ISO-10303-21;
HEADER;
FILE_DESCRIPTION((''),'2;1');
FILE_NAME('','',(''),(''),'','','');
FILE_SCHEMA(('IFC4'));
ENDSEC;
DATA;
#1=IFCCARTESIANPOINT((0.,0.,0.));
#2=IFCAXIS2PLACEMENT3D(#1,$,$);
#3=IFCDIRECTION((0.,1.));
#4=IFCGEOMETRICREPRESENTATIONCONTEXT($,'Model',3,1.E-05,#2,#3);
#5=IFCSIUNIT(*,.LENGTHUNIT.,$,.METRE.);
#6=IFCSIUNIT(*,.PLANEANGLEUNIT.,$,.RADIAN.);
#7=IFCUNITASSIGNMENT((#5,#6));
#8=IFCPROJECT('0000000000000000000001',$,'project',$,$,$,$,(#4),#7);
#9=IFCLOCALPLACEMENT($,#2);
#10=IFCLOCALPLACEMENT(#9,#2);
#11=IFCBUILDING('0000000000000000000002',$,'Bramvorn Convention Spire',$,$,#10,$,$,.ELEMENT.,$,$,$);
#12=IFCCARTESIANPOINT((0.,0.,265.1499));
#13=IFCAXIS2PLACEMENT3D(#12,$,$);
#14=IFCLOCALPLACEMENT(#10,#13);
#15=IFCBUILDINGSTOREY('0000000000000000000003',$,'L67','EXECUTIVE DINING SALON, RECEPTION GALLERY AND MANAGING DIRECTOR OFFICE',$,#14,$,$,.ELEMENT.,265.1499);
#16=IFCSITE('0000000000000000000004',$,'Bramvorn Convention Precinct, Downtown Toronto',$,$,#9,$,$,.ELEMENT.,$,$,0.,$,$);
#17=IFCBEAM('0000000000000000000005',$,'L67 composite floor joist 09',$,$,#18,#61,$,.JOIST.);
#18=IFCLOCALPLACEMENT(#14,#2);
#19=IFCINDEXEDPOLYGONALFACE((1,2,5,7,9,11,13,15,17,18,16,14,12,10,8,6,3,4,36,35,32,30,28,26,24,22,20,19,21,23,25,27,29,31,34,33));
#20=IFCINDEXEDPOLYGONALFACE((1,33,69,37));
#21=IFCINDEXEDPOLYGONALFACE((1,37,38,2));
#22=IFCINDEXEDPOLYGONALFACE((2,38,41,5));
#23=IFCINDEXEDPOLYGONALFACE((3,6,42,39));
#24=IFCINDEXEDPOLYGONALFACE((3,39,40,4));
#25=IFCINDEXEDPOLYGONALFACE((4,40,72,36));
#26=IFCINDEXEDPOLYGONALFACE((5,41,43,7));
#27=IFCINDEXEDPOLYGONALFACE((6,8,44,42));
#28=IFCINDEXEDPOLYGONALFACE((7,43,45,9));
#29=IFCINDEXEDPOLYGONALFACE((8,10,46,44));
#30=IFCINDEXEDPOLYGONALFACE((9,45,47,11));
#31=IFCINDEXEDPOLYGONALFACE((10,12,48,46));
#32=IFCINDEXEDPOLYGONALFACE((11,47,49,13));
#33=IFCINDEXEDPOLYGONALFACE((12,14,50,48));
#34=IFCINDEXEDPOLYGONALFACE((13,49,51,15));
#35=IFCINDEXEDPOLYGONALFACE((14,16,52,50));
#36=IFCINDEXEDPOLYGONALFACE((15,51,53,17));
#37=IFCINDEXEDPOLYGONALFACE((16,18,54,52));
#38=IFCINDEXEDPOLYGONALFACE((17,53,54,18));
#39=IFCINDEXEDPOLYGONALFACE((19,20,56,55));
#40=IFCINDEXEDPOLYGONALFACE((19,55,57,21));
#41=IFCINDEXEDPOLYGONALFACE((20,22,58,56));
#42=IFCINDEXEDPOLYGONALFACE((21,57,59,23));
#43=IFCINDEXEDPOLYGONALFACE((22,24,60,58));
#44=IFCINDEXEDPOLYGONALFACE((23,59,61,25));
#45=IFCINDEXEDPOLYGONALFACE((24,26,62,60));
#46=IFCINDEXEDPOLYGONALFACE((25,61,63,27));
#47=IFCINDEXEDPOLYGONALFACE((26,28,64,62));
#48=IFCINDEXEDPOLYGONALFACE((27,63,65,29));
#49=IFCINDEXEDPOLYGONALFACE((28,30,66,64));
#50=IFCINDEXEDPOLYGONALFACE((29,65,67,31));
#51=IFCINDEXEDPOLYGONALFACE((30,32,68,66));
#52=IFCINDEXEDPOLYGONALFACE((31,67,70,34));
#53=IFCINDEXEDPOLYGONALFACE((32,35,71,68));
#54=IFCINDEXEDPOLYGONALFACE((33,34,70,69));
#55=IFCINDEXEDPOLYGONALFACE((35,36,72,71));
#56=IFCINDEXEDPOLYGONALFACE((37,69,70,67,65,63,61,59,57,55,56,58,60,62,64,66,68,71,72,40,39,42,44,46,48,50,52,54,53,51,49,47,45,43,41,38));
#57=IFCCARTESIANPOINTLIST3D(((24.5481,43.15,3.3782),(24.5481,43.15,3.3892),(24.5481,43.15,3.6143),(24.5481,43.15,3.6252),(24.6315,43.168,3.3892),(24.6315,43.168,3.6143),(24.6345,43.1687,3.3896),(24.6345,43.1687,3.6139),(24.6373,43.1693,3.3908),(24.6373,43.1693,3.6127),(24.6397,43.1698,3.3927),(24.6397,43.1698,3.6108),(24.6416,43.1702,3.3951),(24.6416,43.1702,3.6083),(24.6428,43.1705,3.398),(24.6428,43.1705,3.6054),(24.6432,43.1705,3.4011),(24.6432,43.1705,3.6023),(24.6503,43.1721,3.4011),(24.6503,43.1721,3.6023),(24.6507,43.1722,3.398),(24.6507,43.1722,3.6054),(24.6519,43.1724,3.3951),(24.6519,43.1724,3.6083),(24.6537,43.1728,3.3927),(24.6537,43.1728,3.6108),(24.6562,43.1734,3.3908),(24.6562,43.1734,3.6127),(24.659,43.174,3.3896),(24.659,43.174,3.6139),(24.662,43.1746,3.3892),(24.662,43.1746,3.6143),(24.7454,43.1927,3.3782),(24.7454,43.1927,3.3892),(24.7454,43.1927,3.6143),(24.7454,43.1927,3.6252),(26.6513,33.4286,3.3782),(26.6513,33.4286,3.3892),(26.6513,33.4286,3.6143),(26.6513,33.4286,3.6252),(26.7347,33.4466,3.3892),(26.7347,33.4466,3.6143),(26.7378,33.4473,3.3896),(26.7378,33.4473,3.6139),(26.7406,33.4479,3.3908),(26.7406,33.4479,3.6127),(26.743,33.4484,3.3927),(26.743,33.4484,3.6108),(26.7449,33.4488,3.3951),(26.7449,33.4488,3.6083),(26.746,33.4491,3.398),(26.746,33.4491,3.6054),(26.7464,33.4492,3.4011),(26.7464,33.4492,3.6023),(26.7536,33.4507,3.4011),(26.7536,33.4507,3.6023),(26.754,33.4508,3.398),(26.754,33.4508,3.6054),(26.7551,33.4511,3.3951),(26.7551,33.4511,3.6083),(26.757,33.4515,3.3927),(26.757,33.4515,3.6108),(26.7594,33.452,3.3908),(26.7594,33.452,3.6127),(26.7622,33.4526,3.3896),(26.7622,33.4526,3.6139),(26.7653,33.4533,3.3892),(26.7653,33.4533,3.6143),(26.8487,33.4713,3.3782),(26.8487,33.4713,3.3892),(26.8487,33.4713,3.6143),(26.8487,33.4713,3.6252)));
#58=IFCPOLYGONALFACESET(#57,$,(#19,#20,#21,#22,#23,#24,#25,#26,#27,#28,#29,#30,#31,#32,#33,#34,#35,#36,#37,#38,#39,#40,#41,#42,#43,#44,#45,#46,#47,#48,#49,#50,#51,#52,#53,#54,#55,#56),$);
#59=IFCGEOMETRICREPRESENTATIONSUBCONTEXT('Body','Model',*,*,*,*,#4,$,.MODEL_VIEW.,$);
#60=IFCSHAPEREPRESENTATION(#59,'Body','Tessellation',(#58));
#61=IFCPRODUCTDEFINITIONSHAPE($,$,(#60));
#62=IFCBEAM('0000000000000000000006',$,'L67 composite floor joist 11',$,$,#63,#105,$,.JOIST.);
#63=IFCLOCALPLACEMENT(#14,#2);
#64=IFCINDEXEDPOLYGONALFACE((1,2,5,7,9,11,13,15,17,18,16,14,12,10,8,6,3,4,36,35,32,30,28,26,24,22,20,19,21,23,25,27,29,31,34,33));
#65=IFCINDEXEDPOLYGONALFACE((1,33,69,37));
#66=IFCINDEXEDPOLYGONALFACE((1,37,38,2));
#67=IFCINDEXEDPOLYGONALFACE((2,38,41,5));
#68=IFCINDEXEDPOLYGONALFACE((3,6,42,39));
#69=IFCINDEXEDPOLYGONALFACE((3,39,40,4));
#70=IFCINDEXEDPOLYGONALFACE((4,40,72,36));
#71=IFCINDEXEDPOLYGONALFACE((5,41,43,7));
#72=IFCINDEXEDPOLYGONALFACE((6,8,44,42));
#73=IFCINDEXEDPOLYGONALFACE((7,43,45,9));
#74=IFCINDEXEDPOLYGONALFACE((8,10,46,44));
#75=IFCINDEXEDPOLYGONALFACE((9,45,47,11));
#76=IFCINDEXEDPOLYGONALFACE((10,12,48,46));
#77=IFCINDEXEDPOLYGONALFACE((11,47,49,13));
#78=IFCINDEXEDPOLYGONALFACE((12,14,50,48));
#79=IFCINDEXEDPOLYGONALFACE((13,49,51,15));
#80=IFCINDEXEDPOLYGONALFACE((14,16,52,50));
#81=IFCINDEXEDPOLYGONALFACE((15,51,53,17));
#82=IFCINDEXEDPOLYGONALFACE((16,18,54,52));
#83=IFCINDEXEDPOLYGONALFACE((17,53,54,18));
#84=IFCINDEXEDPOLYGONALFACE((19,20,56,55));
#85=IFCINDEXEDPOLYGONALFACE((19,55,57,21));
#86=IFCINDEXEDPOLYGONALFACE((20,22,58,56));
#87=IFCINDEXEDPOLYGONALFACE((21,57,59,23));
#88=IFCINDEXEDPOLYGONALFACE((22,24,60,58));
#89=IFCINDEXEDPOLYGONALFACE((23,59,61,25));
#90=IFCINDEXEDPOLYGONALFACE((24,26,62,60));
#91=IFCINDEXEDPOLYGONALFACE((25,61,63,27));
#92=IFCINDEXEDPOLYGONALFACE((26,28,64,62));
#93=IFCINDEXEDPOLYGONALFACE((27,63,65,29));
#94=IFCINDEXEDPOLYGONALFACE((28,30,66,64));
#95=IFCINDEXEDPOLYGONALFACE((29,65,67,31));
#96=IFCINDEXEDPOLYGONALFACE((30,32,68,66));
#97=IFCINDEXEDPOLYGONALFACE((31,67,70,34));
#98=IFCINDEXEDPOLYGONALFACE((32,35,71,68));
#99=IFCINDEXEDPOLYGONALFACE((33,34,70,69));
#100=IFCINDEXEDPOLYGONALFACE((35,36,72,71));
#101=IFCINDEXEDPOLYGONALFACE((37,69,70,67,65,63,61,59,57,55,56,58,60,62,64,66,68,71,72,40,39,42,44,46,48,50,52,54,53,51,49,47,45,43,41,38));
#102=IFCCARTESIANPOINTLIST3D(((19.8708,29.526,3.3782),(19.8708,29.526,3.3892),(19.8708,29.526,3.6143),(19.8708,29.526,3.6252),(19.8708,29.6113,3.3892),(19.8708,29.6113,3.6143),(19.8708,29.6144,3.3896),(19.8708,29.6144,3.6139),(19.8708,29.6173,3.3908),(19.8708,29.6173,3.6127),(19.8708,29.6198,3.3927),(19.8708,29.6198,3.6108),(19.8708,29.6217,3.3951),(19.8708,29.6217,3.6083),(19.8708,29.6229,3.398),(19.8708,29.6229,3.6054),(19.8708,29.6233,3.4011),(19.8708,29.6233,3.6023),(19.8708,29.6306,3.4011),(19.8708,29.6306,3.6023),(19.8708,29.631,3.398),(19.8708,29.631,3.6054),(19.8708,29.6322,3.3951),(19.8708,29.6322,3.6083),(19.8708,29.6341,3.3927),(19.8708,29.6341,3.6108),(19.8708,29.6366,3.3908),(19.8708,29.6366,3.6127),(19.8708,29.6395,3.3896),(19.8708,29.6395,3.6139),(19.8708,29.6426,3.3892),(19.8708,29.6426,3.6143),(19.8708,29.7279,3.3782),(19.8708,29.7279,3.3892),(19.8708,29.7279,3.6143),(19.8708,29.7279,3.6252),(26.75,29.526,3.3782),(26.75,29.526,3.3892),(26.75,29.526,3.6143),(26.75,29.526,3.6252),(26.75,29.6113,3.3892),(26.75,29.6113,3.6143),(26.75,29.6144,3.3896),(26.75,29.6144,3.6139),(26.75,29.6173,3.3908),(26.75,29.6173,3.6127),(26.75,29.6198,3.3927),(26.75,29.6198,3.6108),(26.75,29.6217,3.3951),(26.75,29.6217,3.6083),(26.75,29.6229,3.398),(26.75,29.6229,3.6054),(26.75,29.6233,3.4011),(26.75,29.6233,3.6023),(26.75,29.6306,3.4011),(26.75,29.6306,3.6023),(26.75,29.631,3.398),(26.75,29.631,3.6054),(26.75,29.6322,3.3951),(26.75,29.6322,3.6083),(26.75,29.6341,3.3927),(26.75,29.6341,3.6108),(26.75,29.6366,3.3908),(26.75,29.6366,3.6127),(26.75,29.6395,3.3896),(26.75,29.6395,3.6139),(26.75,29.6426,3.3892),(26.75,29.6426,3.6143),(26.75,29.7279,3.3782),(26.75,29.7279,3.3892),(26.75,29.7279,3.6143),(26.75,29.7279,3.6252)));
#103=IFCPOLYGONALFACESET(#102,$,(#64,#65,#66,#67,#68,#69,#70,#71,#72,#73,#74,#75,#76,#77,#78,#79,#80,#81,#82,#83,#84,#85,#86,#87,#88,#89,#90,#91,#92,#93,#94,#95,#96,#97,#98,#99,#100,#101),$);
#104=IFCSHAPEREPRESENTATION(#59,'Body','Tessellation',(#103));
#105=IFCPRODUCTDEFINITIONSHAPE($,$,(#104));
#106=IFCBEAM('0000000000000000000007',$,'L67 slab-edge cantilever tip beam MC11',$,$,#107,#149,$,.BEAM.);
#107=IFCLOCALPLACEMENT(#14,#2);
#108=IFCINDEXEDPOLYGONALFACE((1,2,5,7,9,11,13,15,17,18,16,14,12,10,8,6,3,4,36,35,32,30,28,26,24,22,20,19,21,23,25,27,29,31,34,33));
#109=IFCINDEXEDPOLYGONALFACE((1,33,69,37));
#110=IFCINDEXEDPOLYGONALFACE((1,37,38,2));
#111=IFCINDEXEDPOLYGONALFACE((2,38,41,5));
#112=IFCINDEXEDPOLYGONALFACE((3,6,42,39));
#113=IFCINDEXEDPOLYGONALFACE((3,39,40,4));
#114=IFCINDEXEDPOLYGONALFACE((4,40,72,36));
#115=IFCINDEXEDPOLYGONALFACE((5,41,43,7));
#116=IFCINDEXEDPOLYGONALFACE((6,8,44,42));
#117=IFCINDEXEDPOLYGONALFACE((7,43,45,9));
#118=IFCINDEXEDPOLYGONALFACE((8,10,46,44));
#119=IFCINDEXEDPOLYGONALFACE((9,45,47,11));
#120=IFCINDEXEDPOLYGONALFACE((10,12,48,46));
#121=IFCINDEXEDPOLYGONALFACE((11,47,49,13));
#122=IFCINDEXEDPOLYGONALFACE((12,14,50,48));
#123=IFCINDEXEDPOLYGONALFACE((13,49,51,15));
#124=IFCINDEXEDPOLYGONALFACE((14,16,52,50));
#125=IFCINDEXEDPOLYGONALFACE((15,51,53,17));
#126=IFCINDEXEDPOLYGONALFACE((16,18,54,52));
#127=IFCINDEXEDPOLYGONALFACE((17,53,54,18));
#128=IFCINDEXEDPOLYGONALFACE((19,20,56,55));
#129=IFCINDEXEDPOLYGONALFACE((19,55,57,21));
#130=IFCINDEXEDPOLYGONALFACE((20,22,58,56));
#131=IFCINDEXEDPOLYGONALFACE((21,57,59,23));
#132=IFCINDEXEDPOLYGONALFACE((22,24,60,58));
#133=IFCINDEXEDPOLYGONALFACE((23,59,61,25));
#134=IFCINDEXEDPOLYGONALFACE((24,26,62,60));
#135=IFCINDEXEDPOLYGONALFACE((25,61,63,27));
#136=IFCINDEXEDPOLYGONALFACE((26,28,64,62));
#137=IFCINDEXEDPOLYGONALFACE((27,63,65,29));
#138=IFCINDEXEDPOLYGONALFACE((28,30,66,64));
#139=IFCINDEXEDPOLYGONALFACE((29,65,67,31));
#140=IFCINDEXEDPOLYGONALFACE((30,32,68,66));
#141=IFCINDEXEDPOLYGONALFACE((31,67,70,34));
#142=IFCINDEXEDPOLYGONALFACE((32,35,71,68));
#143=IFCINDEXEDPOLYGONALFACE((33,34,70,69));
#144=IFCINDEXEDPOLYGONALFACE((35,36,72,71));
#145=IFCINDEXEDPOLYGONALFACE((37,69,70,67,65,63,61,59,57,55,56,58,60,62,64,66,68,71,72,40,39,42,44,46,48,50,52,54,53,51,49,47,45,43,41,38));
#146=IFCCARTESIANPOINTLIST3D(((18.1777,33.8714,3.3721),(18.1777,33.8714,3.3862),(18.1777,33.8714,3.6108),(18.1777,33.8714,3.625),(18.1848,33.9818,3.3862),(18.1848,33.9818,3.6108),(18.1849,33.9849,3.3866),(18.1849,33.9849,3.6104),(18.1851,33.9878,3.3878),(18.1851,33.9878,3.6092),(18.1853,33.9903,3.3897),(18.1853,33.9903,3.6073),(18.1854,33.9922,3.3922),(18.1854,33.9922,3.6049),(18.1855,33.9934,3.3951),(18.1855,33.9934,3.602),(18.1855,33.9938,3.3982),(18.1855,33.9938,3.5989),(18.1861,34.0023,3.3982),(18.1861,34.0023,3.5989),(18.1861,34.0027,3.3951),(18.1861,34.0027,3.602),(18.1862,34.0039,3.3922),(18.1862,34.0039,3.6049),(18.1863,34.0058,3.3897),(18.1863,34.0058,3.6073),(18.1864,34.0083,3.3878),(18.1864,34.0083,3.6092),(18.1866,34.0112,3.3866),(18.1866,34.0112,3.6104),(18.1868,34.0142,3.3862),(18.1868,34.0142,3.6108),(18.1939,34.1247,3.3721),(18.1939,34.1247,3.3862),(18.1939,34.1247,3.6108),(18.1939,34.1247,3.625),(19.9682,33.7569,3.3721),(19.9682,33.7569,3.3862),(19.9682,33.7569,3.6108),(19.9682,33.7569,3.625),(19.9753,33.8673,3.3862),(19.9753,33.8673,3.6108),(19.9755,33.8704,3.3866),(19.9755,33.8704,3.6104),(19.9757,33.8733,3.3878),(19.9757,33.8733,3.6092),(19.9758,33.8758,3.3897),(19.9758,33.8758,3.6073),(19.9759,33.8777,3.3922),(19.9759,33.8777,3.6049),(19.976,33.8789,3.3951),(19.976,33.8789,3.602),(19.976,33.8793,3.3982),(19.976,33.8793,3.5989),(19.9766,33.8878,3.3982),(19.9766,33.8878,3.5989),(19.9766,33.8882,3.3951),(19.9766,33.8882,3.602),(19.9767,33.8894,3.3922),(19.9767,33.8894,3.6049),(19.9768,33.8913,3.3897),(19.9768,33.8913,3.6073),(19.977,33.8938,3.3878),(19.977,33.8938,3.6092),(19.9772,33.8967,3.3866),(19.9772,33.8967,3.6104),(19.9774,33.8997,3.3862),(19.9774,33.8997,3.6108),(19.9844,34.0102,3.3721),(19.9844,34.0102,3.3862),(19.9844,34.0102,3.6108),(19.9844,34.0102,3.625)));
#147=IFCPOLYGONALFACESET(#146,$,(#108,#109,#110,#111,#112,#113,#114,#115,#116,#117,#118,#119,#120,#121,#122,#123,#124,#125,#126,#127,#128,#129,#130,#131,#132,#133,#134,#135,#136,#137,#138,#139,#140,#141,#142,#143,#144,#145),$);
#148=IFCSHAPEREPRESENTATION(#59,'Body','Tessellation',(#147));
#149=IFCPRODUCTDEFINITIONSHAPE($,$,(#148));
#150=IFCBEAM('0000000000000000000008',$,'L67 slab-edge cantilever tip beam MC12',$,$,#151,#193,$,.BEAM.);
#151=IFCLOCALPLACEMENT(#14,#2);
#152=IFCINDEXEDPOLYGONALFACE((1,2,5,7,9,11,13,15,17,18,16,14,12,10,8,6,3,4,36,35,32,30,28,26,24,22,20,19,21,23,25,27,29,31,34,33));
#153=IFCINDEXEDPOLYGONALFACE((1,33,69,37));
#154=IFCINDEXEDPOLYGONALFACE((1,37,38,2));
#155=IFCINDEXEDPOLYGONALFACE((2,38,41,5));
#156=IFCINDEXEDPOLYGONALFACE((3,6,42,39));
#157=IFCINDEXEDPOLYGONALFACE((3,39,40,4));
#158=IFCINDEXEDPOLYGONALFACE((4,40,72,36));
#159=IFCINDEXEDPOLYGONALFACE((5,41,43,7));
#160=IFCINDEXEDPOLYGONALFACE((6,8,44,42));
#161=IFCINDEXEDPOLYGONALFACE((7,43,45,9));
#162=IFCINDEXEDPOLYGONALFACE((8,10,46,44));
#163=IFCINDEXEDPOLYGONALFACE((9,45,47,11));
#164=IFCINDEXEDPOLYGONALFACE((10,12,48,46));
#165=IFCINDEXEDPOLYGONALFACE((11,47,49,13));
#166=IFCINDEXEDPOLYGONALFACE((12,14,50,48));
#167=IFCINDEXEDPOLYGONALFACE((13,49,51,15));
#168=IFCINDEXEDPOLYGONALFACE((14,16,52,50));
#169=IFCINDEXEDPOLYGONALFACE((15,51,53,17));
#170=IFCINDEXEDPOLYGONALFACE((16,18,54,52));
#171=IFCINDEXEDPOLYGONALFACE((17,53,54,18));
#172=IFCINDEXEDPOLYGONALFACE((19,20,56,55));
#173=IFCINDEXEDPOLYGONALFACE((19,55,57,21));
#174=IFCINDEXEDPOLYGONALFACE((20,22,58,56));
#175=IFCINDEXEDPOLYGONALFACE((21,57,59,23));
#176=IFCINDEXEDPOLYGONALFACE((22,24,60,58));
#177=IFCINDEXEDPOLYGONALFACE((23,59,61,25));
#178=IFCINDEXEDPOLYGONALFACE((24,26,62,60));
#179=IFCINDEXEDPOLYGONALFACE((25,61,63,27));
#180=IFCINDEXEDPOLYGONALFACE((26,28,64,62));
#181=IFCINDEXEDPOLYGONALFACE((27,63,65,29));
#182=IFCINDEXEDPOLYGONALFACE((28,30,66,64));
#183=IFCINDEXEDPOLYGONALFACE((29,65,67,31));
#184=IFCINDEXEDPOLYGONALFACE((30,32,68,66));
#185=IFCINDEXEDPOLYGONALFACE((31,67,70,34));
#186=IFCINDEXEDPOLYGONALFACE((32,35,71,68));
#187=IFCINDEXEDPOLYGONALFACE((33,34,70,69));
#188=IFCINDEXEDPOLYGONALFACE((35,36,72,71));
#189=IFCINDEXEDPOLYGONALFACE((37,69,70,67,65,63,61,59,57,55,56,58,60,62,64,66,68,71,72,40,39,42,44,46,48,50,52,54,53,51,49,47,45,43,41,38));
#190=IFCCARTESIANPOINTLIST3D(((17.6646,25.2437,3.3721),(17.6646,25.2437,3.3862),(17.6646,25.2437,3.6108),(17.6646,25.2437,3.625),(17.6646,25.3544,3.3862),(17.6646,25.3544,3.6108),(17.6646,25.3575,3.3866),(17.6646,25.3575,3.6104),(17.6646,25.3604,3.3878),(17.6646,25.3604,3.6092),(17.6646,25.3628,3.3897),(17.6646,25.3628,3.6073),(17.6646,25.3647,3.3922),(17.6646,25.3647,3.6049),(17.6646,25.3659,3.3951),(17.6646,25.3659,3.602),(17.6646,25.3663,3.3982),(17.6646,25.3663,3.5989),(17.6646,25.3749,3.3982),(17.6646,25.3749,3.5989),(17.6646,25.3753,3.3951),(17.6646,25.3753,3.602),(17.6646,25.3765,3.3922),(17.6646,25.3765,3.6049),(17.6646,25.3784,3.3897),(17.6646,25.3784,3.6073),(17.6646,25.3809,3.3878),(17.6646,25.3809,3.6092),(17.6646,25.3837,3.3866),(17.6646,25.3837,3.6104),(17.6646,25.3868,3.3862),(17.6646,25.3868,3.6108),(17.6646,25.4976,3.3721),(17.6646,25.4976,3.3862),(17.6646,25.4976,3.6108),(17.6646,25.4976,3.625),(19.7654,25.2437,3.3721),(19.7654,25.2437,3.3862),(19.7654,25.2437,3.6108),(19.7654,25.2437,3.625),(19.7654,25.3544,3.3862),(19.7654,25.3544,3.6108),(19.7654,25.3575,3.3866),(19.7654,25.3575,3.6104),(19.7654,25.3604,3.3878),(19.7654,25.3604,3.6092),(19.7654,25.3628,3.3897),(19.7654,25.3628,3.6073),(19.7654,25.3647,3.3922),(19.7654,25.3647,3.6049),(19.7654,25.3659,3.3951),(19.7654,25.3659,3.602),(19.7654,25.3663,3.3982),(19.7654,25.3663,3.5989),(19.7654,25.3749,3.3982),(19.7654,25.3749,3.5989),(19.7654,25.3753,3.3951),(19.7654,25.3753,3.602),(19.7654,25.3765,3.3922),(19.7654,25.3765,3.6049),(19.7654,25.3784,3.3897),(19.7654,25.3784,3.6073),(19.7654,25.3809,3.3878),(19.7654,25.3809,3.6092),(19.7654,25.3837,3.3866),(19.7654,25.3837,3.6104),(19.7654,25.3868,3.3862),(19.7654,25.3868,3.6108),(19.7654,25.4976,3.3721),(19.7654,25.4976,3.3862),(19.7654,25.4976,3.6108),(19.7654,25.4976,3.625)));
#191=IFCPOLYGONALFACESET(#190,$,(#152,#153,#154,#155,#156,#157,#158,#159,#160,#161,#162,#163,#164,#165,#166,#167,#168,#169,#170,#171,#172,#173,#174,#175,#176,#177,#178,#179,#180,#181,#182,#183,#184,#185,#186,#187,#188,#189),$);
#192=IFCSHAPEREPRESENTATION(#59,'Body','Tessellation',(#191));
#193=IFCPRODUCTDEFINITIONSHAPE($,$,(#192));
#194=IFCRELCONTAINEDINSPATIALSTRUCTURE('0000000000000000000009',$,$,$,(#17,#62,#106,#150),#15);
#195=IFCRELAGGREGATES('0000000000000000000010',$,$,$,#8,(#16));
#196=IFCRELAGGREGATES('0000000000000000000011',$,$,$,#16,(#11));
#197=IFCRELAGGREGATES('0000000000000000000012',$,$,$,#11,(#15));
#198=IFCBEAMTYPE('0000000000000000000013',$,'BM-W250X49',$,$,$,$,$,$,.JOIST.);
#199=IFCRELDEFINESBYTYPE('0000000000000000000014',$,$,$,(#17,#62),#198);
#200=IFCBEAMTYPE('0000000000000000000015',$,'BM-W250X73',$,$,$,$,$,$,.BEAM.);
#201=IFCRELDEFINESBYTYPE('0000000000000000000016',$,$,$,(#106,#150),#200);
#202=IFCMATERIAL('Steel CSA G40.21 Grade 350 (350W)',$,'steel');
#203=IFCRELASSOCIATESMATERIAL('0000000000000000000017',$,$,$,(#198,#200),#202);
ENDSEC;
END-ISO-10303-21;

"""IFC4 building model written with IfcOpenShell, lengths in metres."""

from ifc_helpers import new_model, si_unit, direction, frame, origin, origin_2d, place, context, subcontext, project, spatial, i_section, extrude, material, material_profile, profile_set, type_object, element, save


model = new_model("IFC4")

# Units and contexts
model_context = context("Model", 3, precision=1e-05, world=origin(), true_north=direction((0.0, 1.0)))
body_context = subcontext(model_context, "Body", "Model", "MODEL_VIEW")
ifc_project = project(units=[si_unit("LENGTHUNIT", "METRE"), si_unit("PLANEANGLEUNIT", "RADIAN")], contexts=[model_context])

# Site, building, storey
site_placement = place(None, origin())
site = spatial("IfcSite", under=ifc_project, at=site_placement, Name="Bramvorn Convention Precinct, Downtown Toronto", CompositionType="ELEMENT", RefElevation=0.0)
building_placement = place(site_placement, origin())
building = spatial("IfcBuilding", under=site, at=building_placement, Name="Bramvorn Convention Spire", CompositionType="ELEMENT")
storey_placement = place(building_placement, frame((0.0, 0.0, 265.1499)))
storey = spatial("IfcBuildingStorey", under=building, at=storey_placement, Name="L67", Description="EXECUTIVE DINING SALON, RECEPTION GALLERY AND MANAGING DIRECTOR OFFICE", CompositionType="ELEMENT", Elevation=265.1499)

# Shared definitions
ifc_material_1 = material(Name="Steel CSA G40.21 Grade 350 (350W)", Category="steel")

# Beams
ifc_material_profile_1 = material_profile(ifc_material_1, i_section(OverallWidth=0.2019, OverallDepth=0.2471, WebThickness=0.0073, FlangeThickness=0.011, FilletRadius=0.012, at=origin_2d()))
ifc_profile_set_1 = profile_set([ifc_material_profile_1], Name="Steel CSA G40.21 Grade 350 (350W) - W250X49")
beam_type_1 = type_object("IfcBeamType", Name="BM-W250X49", PredefinedType="JOIST", material=ifc_profile_set_1)
beam_1_placement = place(storey_placement, frame((26.75, 33.45, 3.5017), z_axis=(-0.211461, 0.977386, 0.0), x_axis=(-0.977386, -0.211461, 0.0)))
element("IfcBeam", 1, at=beam_1_placement, inside=storey, type_object=beam_type_1, Name="L67 composite floor joist 09", PredefinedType="JOIST", context=body_context, shape_type="SweptSolid", body=[
    extrude(i_section(OverallWidth=0.2019, OverallDepth=0.2471, WebThickness=0.0073, FlangeThickness=0.011, FilletRadius=0.012, at=origin_2d()), origin(), (0.0, 0.0, 1.0), 9.9463),
])
beam_2_placement = place(storey_placement, frame((26.75, 29.627, 3.5017), z_axis=(-1.0, 0.0, 0.0), x_axis=(0.0, -1.0, 0.0)))
element("IfcBeam", 2, at=beam_2_placement, inside=storey, type_object=beam_type_1, Name="L67 composite floor joist 11", PredefinedType="JOIST", context=body_context, shape_type="SweptSolid", body=[
    extrude(i_section(OverallWidth=0.2019, OverallDepth=0.2471, WebThickness=0.0073, FlangeThickness=0.011, FilletRadius=0.012, at=origin_2d()), origin(), (0.0, 0.0, 1.0), 6.8792),
])
ifc_material_profile_2 = material_profile(ifc_material_1, i_section(OverallWidth=0.2539, OverallDepth=0.2529, WebThickness=0.0085, FlangeThickness=0.0142, FilletRadius=0.012, at=origin_2d()))
ifc_profile_set_2 = profile_set([ifc_material_profile_2], Name="Steel CSA G40.21 Grade 350 (350W) - W250X73")
beam_type_2 = type_object("IfcBeamType", Name="BM-W250X73", PredefinedType="BEAM", material=ifc_profile_set_2)
beam_3_placement = place(storey_placement, frame((19.9763, 33.8835, 3.4985), z_axis=(-0.997962, 0.063818, 0.0), x_axis=(-0.063818, -0.997962, 0.0)))
element("IfcBeam", 3, at=beam_3_placement, inside=storey, type_object=beam_type_2, Name="L67 slab-edge cantilever tip beam MC11", PredefinedType="BEAM", context=body_context, shape_type="SweptSolid", body=[
    extrude(i_section(OverallWidth=0.2539, OverallDepth=0.2529, WebThickness=0.0085, FlangeThickness=0.0142, FilletRadius=0.012, at=origin_2d()), origin(), (0.0, 0.0, 1.0), 1.7942),
])
beam_4_placement = place(storey_placement, frame((19.7654, 25.3706, 3.4985), z_axis=(-1.0, 0.0, 0.0), x_axis=(0.0, -1.0, 0.0)))
element("IfcBeam", 4, at=beam_4_placement, inside=storey, type_object=beam_type_2, Name="L67 slab-edge cantilever tip beam MC12", PredefinedType="BEAM", context=body_context, shape_type="SweptSolid", body=[
    extrude(i_section(OverallWidth=0.2539, OverallDepth=0.2529, WebThickness=0.0085, FlangeThickness=0.0142, FilletRadius=0.012, at=origin_2d()), origin(), (0.0, 0.0, 1.0), 2.1008),
])

save(model, "model.ifc")
